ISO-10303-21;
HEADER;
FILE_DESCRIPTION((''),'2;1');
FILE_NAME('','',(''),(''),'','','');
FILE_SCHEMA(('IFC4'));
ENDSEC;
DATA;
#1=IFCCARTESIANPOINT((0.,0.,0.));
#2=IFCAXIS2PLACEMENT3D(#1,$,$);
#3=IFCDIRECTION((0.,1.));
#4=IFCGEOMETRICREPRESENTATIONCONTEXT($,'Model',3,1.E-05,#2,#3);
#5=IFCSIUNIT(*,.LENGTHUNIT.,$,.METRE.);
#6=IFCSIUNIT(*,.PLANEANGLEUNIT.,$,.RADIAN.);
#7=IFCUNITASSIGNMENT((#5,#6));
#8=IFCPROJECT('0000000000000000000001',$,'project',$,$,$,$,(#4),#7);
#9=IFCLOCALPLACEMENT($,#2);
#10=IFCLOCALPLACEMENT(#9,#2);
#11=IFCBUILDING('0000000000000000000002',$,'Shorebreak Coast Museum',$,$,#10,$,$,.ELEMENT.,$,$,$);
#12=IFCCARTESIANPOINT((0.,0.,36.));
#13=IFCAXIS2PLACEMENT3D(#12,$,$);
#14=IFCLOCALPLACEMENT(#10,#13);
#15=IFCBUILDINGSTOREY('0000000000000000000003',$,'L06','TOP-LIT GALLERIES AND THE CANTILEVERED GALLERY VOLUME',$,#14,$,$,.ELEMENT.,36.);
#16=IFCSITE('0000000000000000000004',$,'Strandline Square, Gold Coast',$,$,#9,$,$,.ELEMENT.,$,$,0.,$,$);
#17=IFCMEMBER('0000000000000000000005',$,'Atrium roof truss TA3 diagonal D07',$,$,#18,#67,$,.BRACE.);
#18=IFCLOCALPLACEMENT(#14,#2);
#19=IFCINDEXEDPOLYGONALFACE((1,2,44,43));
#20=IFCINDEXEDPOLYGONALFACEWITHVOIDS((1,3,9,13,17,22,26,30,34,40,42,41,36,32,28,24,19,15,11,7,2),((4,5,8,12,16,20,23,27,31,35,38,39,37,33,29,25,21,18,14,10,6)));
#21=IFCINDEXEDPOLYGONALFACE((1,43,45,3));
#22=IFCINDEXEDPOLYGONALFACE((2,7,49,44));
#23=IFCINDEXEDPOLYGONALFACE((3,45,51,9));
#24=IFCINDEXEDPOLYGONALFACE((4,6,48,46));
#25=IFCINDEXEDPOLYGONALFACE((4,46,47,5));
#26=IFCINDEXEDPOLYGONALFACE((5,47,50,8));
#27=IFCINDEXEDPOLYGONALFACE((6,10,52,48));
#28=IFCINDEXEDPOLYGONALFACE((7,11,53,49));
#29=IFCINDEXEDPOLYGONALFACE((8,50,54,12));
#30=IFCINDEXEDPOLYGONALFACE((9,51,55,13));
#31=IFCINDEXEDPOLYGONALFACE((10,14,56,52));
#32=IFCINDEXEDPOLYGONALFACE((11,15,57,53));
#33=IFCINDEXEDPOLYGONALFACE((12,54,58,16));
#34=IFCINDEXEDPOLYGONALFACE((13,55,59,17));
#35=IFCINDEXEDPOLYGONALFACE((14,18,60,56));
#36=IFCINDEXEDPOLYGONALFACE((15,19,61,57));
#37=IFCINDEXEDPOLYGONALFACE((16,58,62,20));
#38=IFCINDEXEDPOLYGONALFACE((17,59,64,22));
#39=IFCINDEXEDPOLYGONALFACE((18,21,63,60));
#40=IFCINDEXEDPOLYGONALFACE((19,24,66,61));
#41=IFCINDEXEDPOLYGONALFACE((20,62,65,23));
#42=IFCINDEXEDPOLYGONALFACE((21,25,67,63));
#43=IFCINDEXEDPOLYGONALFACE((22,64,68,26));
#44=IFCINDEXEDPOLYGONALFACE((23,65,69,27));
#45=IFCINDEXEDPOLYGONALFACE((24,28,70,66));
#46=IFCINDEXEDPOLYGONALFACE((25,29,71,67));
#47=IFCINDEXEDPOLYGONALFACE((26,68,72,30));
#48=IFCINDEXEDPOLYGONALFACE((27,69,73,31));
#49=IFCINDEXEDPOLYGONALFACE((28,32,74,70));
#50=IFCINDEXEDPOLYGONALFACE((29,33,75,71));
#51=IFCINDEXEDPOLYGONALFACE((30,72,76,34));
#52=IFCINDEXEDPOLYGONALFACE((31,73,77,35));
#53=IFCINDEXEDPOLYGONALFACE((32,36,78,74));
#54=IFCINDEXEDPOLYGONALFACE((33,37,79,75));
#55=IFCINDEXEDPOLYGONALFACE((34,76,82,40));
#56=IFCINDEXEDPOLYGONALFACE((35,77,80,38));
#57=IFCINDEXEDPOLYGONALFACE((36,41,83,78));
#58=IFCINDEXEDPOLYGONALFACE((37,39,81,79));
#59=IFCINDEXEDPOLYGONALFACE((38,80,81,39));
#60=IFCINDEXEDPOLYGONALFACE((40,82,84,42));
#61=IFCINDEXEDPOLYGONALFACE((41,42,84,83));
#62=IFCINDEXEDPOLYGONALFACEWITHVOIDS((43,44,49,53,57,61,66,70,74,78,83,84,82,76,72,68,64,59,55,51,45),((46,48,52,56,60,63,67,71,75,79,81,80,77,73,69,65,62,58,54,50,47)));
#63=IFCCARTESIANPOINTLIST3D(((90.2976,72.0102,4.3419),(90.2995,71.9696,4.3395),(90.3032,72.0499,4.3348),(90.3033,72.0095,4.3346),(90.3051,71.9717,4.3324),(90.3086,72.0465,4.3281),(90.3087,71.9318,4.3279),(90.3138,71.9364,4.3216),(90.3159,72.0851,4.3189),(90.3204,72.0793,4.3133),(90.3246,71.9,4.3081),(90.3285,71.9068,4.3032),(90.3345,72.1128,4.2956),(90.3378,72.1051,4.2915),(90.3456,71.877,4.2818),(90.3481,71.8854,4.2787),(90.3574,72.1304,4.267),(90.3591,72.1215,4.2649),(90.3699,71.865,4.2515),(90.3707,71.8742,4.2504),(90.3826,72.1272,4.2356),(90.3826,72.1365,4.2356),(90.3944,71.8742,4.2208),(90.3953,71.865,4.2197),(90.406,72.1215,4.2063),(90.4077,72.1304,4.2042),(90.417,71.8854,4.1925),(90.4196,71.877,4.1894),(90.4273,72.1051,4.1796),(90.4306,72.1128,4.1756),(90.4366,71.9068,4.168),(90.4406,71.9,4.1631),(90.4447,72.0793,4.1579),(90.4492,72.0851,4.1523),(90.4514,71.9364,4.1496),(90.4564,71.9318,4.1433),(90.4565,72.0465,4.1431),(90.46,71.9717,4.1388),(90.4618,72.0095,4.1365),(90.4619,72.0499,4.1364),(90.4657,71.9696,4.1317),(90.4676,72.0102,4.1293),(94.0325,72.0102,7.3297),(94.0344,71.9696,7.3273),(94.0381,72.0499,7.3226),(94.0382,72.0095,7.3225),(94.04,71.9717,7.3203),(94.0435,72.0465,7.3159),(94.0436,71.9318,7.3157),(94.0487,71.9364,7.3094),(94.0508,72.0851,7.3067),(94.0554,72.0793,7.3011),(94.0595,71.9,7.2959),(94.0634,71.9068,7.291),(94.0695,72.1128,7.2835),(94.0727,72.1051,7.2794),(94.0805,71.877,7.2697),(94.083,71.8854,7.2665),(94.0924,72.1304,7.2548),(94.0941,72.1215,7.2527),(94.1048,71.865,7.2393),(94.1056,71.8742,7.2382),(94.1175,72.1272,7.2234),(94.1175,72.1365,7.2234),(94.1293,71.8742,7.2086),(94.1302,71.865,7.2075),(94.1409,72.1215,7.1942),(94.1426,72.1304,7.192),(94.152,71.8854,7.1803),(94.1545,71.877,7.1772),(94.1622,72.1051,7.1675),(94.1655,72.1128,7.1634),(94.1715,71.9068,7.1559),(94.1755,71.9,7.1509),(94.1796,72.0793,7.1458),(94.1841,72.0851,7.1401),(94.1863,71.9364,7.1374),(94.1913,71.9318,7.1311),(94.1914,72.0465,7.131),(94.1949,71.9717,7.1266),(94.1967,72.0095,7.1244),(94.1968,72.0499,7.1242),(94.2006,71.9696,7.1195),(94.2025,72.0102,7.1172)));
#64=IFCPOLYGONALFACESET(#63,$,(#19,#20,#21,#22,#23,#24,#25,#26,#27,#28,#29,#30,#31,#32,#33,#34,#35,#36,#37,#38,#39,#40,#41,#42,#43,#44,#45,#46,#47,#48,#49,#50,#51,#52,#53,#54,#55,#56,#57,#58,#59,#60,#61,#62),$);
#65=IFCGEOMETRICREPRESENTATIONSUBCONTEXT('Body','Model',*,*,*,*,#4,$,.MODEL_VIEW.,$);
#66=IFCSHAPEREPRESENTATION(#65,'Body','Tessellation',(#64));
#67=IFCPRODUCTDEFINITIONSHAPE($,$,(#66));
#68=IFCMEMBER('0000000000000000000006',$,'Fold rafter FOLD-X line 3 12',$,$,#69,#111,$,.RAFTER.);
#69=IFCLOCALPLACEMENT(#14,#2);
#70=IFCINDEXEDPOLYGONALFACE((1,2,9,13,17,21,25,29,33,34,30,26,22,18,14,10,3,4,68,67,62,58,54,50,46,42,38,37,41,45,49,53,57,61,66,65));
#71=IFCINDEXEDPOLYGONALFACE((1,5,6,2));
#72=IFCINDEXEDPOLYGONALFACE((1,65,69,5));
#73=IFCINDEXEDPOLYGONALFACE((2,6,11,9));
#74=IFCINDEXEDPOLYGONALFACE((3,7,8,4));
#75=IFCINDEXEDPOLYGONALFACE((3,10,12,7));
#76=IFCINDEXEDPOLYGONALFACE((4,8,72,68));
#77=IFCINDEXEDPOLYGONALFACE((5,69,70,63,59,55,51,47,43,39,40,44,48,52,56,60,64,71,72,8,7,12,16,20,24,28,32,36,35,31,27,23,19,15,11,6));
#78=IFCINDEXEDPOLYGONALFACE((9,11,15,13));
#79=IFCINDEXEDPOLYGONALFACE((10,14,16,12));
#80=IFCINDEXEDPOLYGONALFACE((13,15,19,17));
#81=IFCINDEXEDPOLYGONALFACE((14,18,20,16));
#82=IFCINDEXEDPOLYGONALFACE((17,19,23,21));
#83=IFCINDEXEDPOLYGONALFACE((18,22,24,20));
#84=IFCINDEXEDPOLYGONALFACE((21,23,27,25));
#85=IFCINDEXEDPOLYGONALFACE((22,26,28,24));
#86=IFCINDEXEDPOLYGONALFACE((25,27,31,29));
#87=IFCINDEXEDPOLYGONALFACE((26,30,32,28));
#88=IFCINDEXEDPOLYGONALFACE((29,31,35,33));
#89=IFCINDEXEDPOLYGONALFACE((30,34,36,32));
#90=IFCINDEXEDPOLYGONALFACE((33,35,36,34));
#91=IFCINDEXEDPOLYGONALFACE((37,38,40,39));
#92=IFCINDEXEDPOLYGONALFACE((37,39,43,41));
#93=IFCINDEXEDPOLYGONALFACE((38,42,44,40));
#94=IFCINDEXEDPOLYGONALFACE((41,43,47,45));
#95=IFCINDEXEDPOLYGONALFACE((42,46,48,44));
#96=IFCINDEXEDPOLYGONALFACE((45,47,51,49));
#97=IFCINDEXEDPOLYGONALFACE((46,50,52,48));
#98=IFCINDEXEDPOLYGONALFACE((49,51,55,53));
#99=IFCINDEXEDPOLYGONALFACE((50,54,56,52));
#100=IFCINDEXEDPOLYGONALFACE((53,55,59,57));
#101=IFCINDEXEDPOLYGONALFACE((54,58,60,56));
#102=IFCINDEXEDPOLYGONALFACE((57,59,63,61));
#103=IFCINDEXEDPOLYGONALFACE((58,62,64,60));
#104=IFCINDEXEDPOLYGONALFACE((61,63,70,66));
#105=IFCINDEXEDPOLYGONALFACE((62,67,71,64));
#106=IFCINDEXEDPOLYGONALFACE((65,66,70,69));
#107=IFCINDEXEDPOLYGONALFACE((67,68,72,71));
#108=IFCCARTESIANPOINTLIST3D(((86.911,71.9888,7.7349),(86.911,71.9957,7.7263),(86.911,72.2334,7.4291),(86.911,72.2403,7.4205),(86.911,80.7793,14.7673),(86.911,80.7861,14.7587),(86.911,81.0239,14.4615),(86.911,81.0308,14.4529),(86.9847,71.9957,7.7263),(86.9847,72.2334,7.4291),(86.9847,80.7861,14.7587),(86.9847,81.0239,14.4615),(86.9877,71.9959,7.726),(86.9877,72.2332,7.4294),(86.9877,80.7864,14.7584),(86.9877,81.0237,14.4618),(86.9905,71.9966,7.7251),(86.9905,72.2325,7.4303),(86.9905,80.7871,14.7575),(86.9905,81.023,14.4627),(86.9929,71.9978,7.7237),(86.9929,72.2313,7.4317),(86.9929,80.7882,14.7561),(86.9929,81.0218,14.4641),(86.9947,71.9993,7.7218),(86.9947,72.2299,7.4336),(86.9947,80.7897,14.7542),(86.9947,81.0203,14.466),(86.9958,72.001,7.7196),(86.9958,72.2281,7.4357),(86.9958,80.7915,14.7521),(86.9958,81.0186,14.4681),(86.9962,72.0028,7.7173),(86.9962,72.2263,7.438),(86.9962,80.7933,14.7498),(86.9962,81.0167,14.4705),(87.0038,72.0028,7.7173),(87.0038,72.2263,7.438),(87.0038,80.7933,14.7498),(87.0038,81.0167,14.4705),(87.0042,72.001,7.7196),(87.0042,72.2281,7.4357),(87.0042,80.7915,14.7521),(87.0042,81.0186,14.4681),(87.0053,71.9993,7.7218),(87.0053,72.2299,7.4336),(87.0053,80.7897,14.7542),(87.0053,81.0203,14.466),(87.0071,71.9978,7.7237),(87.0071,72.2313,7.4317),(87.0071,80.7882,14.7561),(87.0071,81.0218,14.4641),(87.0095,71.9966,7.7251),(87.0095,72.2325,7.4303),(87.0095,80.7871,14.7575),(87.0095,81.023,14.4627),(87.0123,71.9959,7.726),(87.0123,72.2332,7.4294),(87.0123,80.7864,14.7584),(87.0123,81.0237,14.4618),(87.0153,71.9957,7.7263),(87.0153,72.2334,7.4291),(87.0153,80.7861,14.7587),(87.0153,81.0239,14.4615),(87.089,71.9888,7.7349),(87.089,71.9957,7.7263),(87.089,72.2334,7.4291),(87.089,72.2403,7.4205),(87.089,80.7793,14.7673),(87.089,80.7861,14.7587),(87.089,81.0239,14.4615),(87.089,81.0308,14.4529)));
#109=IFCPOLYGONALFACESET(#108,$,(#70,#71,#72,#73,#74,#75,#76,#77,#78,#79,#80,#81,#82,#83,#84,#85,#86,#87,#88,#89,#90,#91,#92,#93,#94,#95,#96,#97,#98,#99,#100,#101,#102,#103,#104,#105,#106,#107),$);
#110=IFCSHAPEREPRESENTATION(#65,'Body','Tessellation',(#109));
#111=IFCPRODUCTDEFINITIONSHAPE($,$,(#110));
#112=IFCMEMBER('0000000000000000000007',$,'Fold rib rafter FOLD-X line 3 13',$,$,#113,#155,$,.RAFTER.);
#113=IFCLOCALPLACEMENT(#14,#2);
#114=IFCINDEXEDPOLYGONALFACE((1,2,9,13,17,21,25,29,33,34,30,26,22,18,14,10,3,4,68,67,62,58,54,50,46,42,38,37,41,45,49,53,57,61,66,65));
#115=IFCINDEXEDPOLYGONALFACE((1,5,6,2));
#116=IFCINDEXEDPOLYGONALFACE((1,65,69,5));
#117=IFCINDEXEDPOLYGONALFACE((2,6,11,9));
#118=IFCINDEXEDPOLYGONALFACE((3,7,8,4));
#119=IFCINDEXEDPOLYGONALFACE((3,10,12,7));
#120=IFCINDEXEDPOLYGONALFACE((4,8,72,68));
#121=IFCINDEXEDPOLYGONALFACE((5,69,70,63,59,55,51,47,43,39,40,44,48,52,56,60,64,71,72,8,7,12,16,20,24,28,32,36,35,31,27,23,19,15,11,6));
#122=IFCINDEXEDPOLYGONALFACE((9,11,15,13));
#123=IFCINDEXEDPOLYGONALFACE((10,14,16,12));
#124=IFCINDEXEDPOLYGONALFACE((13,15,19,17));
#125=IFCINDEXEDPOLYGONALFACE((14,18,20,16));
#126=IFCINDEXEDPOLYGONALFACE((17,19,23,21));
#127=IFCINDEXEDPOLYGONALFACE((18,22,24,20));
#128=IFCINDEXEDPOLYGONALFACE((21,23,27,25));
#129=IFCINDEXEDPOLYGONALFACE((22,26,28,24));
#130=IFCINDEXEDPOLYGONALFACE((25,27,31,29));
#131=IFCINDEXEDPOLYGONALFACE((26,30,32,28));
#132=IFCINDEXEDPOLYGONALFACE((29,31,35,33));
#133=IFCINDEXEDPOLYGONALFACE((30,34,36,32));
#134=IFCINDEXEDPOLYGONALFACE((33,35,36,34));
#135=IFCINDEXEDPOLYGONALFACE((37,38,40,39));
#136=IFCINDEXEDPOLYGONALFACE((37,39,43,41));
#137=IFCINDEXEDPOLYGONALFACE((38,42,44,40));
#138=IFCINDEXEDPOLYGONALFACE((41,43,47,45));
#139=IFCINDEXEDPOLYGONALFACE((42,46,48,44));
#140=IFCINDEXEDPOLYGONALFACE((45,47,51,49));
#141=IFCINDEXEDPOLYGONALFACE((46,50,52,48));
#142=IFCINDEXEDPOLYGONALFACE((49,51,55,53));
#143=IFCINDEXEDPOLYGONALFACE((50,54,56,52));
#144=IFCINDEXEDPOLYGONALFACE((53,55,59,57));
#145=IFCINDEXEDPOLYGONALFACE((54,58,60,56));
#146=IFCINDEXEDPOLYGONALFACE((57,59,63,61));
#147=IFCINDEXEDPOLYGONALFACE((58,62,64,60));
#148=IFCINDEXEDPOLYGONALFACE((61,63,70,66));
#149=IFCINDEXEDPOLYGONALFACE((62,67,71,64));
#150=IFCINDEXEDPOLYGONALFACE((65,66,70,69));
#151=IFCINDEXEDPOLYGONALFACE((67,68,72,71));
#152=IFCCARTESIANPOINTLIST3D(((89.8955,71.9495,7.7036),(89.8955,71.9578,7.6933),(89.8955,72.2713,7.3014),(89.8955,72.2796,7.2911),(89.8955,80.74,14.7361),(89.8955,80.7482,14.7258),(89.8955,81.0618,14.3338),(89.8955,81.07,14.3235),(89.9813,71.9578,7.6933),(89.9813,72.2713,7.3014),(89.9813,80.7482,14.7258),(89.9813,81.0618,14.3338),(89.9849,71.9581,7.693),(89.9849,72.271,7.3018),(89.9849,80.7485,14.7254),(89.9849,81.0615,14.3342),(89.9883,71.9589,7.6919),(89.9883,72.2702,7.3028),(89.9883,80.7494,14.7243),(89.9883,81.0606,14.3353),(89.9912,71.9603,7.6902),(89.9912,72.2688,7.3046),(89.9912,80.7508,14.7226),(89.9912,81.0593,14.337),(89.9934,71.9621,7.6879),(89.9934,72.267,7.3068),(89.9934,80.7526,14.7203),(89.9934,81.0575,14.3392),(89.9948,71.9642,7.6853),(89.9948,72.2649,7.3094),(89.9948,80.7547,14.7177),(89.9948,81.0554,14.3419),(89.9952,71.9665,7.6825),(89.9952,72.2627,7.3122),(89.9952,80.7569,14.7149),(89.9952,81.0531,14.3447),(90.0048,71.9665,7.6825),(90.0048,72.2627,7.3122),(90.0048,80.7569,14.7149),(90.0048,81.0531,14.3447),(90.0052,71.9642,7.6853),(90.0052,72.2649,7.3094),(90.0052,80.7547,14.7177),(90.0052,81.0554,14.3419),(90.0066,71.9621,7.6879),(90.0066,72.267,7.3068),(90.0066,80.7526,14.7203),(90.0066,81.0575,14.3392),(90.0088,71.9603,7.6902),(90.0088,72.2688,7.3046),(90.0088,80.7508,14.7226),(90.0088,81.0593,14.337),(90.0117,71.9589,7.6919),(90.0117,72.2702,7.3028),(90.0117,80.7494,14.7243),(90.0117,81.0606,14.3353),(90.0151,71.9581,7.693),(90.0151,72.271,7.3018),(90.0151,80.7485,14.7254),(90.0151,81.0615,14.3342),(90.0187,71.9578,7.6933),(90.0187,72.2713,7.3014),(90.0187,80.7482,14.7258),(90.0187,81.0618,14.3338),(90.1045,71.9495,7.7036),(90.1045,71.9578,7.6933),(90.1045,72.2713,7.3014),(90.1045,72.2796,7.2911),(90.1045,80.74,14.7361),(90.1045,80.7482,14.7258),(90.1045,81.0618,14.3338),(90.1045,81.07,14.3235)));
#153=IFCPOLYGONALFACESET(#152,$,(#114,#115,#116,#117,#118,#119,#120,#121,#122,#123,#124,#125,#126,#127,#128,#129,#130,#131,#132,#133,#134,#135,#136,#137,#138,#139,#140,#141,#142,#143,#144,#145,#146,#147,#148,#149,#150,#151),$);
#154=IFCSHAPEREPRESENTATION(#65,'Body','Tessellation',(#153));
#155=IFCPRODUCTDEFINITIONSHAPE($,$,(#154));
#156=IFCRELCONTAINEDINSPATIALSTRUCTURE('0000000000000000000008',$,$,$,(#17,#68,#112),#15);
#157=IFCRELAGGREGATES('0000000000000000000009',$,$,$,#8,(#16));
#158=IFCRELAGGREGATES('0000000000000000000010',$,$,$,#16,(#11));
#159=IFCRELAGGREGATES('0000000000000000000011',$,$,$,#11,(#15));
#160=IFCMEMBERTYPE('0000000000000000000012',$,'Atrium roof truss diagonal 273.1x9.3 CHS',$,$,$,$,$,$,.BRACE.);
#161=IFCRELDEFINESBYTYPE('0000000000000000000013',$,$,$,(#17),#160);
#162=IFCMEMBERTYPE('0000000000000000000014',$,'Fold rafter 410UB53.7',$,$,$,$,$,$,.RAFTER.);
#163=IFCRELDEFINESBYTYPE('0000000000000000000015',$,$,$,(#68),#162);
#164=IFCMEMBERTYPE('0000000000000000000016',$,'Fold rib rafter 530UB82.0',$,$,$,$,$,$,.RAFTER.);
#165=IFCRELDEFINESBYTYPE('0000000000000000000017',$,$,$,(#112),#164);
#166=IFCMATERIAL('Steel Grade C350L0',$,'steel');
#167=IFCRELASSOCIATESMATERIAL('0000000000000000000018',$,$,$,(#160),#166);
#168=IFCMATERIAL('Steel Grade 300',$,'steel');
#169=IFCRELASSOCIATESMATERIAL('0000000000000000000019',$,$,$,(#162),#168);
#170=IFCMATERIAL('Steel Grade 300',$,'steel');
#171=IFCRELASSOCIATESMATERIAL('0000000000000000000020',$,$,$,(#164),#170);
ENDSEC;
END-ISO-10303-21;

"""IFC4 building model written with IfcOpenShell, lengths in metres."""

from ifc_helpers import new_model, si_unit, direction, frame, origin, origin_2d, place, context, subcontext, project, spatial, hollow_circle, i_section, extrude, material, material_profile, profile_set, type_object, element, save


model = new_model("IFC4")

# Units and contexts
model_context = context("Model", 3, precision=1e-05, world=origin(), true_north=direction((0.0, 1.0)))
body_context = subcontext(model_context, "Body", "Model", "MODEL_VIEW")
ifc_project = project(units=[si_unit("LENGTHUNIT", "METRE"), si_unit("PLANEANGLEUNIT", "RADIAN")], contexts=[model_context])

# Site, building, storey
site_placement = place(None, origin())
site = spatial("IfcSite", under=ifc_project, at=site_placement, Name="Strandline Square, Gold Coast", CompositionType="ELEMENT", RefElevation=0.0)
building_placement = place(site_placement, origin())
building = spatial("IfcBuilding", under=site, at=building_placement, Name="Shorebreak Coast Museum", CompositionType="ELEMENT")
storey_placement = place(building_placement, frame((0.0, 0.0, 36.0)))
storey = spatial("IfcBuildingStorey", under=building, at=storey_placement, Name="L06", Description="TOP-LIT GALLERIES AND THE CANTILEVERED GALLERY VOLUME", CompositionType="ELEMENT", Elevation=36.0)

# Members
ifc_material_1 = material(Name="Steel Grade C350L0", Category="steel")
ifc_material_profile_1 = material_profile(ifc_material_1, hollow_circle(Radius=0.1365, WallThickness=0.0093, at=origin_2d()), Name="273.1x9.3 CHS")
ifc_profile_set_1 = profile_set([ifc_material_profile_1], Name="Steel Grade C350L0")
member_type_1 = type_object("IfcMemberType", Name="Atrium roof truss diagonal 273.1x9.3 CHS", PredefinedType="BRACE", material=ifc_profile_set_1)
member_1_placement = place(storey_placement, frame((90.3826, 72.0, 4.2356), z_axis=(0.780879, 0.0, 0.624683), x_axis=(0.0, 1.0, 0.0)))
element("IfcMember", 1, at=member_1_placement, inside=storey, type_object=member_type_1, Name="Atrium roof truss TA3 diagonal D07", PredefinedType="BRACE", context=body_context, shape_type="SweptSolid", body=[
    extrude(hollow_circle(Radius=0.1365, WallThickness=0.0093, at=origin_2d()), origin(), (0.0, 0.0, 1.0), 4.783),
])
ifc_material_2 = material(Name="Steel Grade 300", Category="steel")
ifc_material_profile_2 = material_profile(ifc_material_2, i_section(OverallWidth=0.178, OverallDepth=0.4026, WebThickness=0.0076, FlangeThickness=0.011, FilletRadius=0.0115, at=origin_2d()), Name="410UB53.7")
ifc_profile_set_2 = profile_set([ifc_material_profile_2], Name="Steel Grade 300")
member_type_2 = type_object("IfcMemberType", Name="Fold rafter 410UB53.7", PredefinedType="RAFTER", material=ifc_profile_set_2)
member_2_placement = place(storey_placement, frame((87.0, 80.905, 14.6101), z_axis=(0.0, -0.780867, -0.624698), x_axis=(1.0, 0.0, 0.0)))
element("IfcMember", 2, at=member_2_placement, inside=storey, type_object=member_type_2, Name="Fold rafter FOLD-X line 3 12", PredefinedType="RAFTER", context=body_context, shape_type="SweptSolid", body=[
    extrude(i_section(OverallWidth=0.178, OverallDepth=0.4026, WebThickness=0.0076, FlangeThickness=0.011, FilletRadius=0.0115, at=origin_2d()), origin(), (0.0, 0.0, 1.0), 11.2573),
])
ifc_material_3 = material(Name="Steel Grade 300", Category="steel")
ifc_material_profile_3 = material_profile(ifc_material_3, i_section(OverallWidth=0.209, OverallDepth=0.5283, WebThickness=0.0095, FlangeThickness=0.0132, FilletRadius=0.0139, at=origin_2d()), Name="530UB82.0")
ifc_profile_set_3 = profile_set([ifc_material_profile_3], Name="Steel Grade 300")
member_type_3 = type_object("IfcMemberType", Name="Fold rib rafter 530UB82.0", PredefinedType="RAFTER", material=ifc_profile_set_3)
member_3_placement = place(storey_placement, frame((90.0, 80.905, 14.5298), z_axis=(0.0, -0.780867, -0.624698), x_axis=(1.0, 0.0, 0.0)))
element("IfcMember", 3, at=member_3_placement, inside=storey, type_object=member_type_3, Name="Fold rib rafter FOLD-X line 3 13", PredefinedType="RAFTER", context=body_context, shape_type="SweptSolid", body=[
    extrude(i_section(OverallWidth=0.209, OverallDepth=0.5283, WebThickness=0.0095, FlangeThickness=0.0132, FilletRadius=0.0139, at=origin_2d()), origin(), (0.0, 0.0, 1.0), 11.2573),
])

save(model, "model.ifc")
